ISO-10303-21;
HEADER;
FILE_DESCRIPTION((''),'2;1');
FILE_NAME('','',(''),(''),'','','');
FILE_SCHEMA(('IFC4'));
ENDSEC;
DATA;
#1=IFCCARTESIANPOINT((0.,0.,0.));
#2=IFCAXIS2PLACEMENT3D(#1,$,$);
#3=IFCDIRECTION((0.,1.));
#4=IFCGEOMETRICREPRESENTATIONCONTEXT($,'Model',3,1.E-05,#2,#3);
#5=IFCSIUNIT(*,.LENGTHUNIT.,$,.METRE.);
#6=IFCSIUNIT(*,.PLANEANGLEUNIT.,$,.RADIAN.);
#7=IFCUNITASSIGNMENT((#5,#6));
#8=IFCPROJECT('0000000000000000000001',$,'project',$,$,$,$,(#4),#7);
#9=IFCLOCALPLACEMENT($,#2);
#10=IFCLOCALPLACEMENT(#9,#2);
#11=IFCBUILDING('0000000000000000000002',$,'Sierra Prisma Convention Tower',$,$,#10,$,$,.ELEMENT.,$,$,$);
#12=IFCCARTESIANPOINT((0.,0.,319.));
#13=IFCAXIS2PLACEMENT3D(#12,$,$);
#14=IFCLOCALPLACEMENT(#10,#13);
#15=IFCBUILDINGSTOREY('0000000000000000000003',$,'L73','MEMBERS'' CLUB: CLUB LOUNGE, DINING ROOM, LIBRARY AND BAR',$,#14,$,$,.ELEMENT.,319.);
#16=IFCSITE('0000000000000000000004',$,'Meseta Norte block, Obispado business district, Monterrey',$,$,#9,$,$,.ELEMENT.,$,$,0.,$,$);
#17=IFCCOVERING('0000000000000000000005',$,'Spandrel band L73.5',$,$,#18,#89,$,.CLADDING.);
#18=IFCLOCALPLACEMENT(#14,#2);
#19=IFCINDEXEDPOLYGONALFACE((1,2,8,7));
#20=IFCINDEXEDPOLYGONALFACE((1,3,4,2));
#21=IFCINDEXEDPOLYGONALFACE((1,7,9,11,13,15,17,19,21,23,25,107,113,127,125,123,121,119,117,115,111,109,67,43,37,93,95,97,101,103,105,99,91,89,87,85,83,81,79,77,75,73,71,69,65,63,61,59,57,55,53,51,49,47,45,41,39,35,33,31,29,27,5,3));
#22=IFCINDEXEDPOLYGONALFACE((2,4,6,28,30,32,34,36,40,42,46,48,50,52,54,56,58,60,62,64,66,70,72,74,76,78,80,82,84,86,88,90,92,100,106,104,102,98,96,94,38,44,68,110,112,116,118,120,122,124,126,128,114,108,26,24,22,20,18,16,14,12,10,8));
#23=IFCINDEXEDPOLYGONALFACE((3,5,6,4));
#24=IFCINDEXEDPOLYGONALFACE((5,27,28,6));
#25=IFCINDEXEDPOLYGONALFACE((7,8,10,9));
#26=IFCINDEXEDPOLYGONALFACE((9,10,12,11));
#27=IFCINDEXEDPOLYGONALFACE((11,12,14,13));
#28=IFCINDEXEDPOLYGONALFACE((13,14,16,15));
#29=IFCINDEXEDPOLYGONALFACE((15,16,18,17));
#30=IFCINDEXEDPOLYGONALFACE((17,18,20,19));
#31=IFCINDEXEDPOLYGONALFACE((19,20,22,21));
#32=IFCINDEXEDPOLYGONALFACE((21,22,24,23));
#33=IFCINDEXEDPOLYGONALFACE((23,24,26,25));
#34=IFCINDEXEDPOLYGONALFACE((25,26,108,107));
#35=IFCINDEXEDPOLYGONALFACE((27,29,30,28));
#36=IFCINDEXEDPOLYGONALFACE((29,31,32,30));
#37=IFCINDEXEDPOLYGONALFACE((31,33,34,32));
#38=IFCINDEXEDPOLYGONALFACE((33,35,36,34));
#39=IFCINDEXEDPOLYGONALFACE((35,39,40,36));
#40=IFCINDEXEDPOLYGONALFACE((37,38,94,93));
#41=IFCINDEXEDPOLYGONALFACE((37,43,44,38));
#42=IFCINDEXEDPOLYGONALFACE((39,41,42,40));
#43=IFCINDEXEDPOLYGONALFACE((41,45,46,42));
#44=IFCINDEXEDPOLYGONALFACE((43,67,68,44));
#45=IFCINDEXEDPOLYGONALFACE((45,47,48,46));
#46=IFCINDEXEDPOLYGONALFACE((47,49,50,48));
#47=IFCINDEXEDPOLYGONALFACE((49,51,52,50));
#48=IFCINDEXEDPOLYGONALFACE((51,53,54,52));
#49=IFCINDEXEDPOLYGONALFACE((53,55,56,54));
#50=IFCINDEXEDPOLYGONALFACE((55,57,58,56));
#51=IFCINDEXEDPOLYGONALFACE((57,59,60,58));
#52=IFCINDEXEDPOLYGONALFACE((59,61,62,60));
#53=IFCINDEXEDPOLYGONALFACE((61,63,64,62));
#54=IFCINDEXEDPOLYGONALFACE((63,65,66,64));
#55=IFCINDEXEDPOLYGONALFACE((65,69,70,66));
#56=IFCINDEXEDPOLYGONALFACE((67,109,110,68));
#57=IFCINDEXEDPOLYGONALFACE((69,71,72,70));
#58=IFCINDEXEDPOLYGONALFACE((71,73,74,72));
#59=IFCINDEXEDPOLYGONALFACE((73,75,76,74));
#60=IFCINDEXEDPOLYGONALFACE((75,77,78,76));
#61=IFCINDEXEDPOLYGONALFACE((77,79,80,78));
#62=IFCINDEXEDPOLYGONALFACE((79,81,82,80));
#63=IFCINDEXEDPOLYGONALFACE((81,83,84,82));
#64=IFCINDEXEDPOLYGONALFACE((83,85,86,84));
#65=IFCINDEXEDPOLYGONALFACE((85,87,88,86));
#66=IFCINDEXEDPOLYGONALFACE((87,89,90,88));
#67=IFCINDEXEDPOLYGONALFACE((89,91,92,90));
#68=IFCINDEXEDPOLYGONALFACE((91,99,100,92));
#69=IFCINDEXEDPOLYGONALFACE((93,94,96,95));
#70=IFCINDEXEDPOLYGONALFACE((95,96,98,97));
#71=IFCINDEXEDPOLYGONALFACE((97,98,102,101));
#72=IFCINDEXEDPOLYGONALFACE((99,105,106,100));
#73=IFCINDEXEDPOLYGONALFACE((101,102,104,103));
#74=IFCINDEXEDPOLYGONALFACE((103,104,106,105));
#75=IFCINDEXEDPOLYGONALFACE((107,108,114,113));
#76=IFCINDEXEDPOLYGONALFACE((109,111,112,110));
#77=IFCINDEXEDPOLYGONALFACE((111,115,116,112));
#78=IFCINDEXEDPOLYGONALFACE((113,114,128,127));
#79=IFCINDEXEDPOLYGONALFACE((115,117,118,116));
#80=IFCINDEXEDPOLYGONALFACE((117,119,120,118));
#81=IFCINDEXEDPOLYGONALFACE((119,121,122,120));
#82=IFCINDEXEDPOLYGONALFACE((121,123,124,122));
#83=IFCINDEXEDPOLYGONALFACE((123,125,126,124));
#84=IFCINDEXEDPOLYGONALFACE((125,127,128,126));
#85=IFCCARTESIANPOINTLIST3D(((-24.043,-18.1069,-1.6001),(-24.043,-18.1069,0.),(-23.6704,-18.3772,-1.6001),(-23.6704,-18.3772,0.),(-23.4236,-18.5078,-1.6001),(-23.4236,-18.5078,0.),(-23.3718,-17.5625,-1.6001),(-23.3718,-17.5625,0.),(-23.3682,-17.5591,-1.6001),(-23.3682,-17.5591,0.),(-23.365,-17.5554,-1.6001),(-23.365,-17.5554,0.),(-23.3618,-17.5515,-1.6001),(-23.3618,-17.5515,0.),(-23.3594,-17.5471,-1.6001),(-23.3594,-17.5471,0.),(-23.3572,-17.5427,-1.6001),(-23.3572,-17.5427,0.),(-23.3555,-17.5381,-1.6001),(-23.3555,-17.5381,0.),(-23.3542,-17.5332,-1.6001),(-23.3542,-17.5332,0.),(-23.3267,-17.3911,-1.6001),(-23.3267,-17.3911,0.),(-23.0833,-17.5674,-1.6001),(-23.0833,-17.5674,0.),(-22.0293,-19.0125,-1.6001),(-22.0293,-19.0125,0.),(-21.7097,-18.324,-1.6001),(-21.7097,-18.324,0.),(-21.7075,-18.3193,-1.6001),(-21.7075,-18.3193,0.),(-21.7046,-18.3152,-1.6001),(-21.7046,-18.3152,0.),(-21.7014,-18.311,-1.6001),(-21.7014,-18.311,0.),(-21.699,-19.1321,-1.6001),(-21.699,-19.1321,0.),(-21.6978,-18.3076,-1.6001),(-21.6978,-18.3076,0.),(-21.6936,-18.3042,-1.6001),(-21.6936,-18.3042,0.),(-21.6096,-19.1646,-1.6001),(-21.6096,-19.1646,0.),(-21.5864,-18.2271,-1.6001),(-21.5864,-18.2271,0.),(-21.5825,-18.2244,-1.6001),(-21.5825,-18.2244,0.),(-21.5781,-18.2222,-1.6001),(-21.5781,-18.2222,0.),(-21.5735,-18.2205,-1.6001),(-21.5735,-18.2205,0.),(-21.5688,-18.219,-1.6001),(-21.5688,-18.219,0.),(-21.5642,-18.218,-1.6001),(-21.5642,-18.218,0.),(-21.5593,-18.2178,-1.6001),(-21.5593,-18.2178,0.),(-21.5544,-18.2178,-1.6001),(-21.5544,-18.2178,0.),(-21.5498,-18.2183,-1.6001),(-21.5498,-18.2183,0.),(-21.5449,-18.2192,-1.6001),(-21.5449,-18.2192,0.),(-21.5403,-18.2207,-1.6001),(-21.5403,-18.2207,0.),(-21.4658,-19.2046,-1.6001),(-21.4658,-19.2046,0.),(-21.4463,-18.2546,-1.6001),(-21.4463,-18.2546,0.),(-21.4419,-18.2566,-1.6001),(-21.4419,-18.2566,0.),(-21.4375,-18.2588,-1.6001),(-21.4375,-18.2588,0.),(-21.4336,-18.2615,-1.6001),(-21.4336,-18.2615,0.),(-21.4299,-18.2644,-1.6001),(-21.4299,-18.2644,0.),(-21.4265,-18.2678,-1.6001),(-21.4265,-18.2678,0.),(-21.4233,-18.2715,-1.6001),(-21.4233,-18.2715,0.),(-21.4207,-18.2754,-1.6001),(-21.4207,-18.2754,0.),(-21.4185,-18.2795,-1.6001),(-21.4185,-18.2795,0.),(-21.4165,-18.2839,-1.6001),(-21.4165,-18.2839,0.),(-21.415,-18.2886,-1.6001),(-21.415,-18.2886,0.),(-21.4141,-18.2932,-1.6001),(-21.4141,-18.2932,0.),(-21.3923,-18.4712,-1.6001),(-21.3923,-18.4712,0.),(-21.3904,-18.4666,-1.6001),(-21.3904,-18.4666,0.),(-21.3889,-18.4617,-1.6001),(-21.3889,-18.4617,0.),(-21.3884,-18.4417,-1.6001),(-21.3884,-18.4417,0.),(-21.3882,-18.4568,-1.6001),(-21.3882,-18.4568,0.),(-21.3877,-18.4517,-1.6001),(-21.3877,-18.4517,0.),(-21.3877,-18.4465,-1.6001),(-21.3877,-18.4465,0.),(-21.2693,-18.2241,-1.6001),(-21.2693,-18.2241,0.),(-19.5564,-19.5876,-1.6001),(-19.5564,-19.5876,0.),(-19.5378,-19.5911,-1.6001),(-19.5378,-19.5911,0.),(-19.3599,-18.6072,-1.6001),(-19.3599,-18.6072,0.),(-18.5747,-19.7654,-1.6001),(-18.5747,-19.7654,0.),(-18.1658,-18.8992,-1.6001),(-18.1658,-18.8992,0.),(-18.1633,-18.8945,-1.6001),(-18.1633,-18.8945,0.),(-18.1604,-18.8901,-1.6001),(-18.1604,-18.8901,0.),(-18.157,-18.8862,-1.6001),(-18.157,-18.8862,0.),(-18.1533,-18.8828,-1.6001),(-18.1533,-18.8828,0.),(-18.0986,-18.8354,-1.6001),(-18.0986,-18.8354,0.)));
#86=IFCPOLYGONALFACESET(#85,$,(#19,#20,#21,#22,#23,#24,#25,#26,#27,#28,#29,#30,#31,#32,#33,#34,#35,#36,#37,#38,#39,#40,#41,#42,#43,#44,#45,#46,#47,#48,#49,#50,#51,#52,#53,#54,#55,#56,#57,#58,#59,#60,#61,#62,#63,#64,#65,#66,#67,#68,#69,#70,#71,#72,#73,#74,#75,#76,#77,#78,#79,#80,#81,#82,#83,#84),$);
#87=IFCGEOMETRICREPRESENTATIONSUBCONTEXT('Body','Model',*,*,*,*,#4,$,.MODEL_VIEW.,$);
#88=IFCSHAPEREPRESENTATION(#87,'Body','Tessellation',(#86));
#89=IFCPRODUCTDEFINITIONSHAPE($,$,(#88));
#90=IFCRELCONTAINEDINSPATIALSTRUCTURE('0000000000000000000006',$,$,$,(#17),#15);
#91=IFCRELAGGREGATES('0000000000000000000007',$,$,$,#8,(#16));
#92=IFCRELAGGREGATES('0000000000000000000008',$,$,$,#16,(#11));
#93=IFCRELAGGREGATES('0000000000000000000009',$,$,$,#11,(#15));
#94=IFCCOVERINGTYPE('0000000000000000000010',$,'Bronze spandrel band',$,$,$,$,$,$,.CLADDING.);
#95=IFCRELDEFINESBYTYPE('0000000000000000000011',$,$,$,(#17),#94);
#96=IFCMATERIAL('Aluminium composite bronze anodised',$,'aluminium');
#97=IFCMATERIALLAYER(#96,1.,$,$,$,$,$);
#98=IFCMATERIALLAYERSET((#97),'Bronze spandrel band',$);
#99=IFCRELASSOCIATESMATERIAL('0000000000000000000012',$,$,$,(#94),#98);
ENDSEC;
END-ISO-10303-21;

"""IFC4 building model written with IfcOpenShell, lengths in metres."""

from ifc_helpers import new_model, si_unit, direction, frame, origin, place, context, subcontext, project, spatial, polyline, outline, extrude, material, layer, layer_set, type_object, element, save


model = new_model("IFC4")

# Units and contexts
model_context = context("Model", 3, precision=1e-05, world=origin(), true_north=direction((0.0, 1.0)))
body_context = subcontext(model_context, "Body", "Model", "MODEL_VIEW")
ifc_project = project(units=[si_unit("LENGTHUNIT", "METRE"), si_unit("PLANEANGLEUNIT", "RADIAN")], contexts=[model_context])

# Site, building, storey
site_placement = place(None, origin())
site = spatial("IfcSite", under=ifc_project, at=site_placement, Name="Meseta Norte block, Obispado business district, Monterrey", CompositionType="ELEMENT", RefElevation=0.0)
building_placement = place(site_placement, origin())
building = spatial("IfcBuilding", under=site, at=building_placement, Name="Sierra Prisma Convention Tower", CompositionType="ELEMENT")
storey_placement = place(building_placement, frame((0.0, 0.0, 319.0)))
storey = spatial("IfcBuildingStorey", under=building, at=storey_placement, Name="L73", Description="MEMBERS' CLUB: CLUB LOUNGE, DINING ROOM, LIBRARY AND BAR", CompositionType="ELEMENT", Elevation=319.0)

# Covering
ifc_material_1 = material(Name="Aluminium composite bronze anodised", Category="aluminium")
ifc_layer_1 = layer(ifc_material_1, 1.0)
ifc_layer_set_1 = layer_set([ifc_layer_1], Name="Bronze spandrel band")
covering_type = type_object("IfcCoveringType", Name="Bronze spandrel band", PredefinedType="CLADDING", material=ifc_layer_set_1)
covering_1_placement = place(storey_placement, frame((0.0, 0.0, -1.6001)))
element("IfcCovering", 1, at=covering_1_placement, inside=storey, type_object=covering_type, Name="Spandrel band L73.5", PredefinedType="CLADDING", context=body_context, shape_type="SweptSolid", body=[
    extrude(outline(polyline([(-18.0986, -18.8354), (-18.1533, -18.8828), (-18.157, -18.8862), (-18.1604, -18.8901), (-18.1633, -18.8945), (-18.1658, -18.8992), (-18.5747, -19.7654), (-19.5378, -19.5911), (-19.5564, -19.5876), (-21.4658, -19.2046), (-21.6096, -19.1646), (-21.699, -19.1321), (-21.3923, -18.4712), (-21.3904, -18.4666), (-21.3889, -18.4617), (-21.3882, -18.4568), (-21.3877, -18.4517), (-21.3877, -18.4465), (-21.3884, -18.4417), (-21.4141, -18.2932), (-21.415, -18.2886), (-21.4165, -18.2839), (-21.4185, -18.2795), (-21.4207, -18.2754), (-21.4233, -18.2715), (-21.4265, -18.2678), (-21.4299, -18.2644), (-21.4336, -18.2615), (-21.4375, -18.2588), (-21.4419, -18.2566), (-21.4463, -18.2546), (-21.5403, -18.2207), (-21.5449, -18.2192), (-21.5498, -18.2183), (-21.5544, -18.2178), (-21.5593, -18.2178), (-21.5642, -18.218), (-21.5688, -18.219), (-21.5735, -18.2205), (-21.5781, -18.2222), (-21.5825, -18.2244), (-21.5864, -18.2271), (-21.6936, -18.3042), (-21.6978, -18.3076), (-21.7014, -18.311), (-21.7046, -18.3152), (-21.7075, -18.3193), (-21.7097, -18.324), (-22.0293, -19.0125), (-23.4236, -18.5078), (-23.6704, -18.3772), (-24.043, -18.1069), (-23.3718, -17.5625), (-23.3682, -17.5591), (-23.365, -17.5554), (-23.3618, -17.5515), (-23.3594, -17.5471), (-23.3572, -17.5427), (-23.3555, -17.5381), (-23.3542, -17.5332), (-23.3267, -17.3911), (-23.0833, -17.5674), (-21.2693, -18.2241), (-19.3599, -18.6072), (-18.0986, -18.8354)])), origin(), (0.0, 0.0, 1.0), 1.6001),
])

save(model, "model.ifc")
